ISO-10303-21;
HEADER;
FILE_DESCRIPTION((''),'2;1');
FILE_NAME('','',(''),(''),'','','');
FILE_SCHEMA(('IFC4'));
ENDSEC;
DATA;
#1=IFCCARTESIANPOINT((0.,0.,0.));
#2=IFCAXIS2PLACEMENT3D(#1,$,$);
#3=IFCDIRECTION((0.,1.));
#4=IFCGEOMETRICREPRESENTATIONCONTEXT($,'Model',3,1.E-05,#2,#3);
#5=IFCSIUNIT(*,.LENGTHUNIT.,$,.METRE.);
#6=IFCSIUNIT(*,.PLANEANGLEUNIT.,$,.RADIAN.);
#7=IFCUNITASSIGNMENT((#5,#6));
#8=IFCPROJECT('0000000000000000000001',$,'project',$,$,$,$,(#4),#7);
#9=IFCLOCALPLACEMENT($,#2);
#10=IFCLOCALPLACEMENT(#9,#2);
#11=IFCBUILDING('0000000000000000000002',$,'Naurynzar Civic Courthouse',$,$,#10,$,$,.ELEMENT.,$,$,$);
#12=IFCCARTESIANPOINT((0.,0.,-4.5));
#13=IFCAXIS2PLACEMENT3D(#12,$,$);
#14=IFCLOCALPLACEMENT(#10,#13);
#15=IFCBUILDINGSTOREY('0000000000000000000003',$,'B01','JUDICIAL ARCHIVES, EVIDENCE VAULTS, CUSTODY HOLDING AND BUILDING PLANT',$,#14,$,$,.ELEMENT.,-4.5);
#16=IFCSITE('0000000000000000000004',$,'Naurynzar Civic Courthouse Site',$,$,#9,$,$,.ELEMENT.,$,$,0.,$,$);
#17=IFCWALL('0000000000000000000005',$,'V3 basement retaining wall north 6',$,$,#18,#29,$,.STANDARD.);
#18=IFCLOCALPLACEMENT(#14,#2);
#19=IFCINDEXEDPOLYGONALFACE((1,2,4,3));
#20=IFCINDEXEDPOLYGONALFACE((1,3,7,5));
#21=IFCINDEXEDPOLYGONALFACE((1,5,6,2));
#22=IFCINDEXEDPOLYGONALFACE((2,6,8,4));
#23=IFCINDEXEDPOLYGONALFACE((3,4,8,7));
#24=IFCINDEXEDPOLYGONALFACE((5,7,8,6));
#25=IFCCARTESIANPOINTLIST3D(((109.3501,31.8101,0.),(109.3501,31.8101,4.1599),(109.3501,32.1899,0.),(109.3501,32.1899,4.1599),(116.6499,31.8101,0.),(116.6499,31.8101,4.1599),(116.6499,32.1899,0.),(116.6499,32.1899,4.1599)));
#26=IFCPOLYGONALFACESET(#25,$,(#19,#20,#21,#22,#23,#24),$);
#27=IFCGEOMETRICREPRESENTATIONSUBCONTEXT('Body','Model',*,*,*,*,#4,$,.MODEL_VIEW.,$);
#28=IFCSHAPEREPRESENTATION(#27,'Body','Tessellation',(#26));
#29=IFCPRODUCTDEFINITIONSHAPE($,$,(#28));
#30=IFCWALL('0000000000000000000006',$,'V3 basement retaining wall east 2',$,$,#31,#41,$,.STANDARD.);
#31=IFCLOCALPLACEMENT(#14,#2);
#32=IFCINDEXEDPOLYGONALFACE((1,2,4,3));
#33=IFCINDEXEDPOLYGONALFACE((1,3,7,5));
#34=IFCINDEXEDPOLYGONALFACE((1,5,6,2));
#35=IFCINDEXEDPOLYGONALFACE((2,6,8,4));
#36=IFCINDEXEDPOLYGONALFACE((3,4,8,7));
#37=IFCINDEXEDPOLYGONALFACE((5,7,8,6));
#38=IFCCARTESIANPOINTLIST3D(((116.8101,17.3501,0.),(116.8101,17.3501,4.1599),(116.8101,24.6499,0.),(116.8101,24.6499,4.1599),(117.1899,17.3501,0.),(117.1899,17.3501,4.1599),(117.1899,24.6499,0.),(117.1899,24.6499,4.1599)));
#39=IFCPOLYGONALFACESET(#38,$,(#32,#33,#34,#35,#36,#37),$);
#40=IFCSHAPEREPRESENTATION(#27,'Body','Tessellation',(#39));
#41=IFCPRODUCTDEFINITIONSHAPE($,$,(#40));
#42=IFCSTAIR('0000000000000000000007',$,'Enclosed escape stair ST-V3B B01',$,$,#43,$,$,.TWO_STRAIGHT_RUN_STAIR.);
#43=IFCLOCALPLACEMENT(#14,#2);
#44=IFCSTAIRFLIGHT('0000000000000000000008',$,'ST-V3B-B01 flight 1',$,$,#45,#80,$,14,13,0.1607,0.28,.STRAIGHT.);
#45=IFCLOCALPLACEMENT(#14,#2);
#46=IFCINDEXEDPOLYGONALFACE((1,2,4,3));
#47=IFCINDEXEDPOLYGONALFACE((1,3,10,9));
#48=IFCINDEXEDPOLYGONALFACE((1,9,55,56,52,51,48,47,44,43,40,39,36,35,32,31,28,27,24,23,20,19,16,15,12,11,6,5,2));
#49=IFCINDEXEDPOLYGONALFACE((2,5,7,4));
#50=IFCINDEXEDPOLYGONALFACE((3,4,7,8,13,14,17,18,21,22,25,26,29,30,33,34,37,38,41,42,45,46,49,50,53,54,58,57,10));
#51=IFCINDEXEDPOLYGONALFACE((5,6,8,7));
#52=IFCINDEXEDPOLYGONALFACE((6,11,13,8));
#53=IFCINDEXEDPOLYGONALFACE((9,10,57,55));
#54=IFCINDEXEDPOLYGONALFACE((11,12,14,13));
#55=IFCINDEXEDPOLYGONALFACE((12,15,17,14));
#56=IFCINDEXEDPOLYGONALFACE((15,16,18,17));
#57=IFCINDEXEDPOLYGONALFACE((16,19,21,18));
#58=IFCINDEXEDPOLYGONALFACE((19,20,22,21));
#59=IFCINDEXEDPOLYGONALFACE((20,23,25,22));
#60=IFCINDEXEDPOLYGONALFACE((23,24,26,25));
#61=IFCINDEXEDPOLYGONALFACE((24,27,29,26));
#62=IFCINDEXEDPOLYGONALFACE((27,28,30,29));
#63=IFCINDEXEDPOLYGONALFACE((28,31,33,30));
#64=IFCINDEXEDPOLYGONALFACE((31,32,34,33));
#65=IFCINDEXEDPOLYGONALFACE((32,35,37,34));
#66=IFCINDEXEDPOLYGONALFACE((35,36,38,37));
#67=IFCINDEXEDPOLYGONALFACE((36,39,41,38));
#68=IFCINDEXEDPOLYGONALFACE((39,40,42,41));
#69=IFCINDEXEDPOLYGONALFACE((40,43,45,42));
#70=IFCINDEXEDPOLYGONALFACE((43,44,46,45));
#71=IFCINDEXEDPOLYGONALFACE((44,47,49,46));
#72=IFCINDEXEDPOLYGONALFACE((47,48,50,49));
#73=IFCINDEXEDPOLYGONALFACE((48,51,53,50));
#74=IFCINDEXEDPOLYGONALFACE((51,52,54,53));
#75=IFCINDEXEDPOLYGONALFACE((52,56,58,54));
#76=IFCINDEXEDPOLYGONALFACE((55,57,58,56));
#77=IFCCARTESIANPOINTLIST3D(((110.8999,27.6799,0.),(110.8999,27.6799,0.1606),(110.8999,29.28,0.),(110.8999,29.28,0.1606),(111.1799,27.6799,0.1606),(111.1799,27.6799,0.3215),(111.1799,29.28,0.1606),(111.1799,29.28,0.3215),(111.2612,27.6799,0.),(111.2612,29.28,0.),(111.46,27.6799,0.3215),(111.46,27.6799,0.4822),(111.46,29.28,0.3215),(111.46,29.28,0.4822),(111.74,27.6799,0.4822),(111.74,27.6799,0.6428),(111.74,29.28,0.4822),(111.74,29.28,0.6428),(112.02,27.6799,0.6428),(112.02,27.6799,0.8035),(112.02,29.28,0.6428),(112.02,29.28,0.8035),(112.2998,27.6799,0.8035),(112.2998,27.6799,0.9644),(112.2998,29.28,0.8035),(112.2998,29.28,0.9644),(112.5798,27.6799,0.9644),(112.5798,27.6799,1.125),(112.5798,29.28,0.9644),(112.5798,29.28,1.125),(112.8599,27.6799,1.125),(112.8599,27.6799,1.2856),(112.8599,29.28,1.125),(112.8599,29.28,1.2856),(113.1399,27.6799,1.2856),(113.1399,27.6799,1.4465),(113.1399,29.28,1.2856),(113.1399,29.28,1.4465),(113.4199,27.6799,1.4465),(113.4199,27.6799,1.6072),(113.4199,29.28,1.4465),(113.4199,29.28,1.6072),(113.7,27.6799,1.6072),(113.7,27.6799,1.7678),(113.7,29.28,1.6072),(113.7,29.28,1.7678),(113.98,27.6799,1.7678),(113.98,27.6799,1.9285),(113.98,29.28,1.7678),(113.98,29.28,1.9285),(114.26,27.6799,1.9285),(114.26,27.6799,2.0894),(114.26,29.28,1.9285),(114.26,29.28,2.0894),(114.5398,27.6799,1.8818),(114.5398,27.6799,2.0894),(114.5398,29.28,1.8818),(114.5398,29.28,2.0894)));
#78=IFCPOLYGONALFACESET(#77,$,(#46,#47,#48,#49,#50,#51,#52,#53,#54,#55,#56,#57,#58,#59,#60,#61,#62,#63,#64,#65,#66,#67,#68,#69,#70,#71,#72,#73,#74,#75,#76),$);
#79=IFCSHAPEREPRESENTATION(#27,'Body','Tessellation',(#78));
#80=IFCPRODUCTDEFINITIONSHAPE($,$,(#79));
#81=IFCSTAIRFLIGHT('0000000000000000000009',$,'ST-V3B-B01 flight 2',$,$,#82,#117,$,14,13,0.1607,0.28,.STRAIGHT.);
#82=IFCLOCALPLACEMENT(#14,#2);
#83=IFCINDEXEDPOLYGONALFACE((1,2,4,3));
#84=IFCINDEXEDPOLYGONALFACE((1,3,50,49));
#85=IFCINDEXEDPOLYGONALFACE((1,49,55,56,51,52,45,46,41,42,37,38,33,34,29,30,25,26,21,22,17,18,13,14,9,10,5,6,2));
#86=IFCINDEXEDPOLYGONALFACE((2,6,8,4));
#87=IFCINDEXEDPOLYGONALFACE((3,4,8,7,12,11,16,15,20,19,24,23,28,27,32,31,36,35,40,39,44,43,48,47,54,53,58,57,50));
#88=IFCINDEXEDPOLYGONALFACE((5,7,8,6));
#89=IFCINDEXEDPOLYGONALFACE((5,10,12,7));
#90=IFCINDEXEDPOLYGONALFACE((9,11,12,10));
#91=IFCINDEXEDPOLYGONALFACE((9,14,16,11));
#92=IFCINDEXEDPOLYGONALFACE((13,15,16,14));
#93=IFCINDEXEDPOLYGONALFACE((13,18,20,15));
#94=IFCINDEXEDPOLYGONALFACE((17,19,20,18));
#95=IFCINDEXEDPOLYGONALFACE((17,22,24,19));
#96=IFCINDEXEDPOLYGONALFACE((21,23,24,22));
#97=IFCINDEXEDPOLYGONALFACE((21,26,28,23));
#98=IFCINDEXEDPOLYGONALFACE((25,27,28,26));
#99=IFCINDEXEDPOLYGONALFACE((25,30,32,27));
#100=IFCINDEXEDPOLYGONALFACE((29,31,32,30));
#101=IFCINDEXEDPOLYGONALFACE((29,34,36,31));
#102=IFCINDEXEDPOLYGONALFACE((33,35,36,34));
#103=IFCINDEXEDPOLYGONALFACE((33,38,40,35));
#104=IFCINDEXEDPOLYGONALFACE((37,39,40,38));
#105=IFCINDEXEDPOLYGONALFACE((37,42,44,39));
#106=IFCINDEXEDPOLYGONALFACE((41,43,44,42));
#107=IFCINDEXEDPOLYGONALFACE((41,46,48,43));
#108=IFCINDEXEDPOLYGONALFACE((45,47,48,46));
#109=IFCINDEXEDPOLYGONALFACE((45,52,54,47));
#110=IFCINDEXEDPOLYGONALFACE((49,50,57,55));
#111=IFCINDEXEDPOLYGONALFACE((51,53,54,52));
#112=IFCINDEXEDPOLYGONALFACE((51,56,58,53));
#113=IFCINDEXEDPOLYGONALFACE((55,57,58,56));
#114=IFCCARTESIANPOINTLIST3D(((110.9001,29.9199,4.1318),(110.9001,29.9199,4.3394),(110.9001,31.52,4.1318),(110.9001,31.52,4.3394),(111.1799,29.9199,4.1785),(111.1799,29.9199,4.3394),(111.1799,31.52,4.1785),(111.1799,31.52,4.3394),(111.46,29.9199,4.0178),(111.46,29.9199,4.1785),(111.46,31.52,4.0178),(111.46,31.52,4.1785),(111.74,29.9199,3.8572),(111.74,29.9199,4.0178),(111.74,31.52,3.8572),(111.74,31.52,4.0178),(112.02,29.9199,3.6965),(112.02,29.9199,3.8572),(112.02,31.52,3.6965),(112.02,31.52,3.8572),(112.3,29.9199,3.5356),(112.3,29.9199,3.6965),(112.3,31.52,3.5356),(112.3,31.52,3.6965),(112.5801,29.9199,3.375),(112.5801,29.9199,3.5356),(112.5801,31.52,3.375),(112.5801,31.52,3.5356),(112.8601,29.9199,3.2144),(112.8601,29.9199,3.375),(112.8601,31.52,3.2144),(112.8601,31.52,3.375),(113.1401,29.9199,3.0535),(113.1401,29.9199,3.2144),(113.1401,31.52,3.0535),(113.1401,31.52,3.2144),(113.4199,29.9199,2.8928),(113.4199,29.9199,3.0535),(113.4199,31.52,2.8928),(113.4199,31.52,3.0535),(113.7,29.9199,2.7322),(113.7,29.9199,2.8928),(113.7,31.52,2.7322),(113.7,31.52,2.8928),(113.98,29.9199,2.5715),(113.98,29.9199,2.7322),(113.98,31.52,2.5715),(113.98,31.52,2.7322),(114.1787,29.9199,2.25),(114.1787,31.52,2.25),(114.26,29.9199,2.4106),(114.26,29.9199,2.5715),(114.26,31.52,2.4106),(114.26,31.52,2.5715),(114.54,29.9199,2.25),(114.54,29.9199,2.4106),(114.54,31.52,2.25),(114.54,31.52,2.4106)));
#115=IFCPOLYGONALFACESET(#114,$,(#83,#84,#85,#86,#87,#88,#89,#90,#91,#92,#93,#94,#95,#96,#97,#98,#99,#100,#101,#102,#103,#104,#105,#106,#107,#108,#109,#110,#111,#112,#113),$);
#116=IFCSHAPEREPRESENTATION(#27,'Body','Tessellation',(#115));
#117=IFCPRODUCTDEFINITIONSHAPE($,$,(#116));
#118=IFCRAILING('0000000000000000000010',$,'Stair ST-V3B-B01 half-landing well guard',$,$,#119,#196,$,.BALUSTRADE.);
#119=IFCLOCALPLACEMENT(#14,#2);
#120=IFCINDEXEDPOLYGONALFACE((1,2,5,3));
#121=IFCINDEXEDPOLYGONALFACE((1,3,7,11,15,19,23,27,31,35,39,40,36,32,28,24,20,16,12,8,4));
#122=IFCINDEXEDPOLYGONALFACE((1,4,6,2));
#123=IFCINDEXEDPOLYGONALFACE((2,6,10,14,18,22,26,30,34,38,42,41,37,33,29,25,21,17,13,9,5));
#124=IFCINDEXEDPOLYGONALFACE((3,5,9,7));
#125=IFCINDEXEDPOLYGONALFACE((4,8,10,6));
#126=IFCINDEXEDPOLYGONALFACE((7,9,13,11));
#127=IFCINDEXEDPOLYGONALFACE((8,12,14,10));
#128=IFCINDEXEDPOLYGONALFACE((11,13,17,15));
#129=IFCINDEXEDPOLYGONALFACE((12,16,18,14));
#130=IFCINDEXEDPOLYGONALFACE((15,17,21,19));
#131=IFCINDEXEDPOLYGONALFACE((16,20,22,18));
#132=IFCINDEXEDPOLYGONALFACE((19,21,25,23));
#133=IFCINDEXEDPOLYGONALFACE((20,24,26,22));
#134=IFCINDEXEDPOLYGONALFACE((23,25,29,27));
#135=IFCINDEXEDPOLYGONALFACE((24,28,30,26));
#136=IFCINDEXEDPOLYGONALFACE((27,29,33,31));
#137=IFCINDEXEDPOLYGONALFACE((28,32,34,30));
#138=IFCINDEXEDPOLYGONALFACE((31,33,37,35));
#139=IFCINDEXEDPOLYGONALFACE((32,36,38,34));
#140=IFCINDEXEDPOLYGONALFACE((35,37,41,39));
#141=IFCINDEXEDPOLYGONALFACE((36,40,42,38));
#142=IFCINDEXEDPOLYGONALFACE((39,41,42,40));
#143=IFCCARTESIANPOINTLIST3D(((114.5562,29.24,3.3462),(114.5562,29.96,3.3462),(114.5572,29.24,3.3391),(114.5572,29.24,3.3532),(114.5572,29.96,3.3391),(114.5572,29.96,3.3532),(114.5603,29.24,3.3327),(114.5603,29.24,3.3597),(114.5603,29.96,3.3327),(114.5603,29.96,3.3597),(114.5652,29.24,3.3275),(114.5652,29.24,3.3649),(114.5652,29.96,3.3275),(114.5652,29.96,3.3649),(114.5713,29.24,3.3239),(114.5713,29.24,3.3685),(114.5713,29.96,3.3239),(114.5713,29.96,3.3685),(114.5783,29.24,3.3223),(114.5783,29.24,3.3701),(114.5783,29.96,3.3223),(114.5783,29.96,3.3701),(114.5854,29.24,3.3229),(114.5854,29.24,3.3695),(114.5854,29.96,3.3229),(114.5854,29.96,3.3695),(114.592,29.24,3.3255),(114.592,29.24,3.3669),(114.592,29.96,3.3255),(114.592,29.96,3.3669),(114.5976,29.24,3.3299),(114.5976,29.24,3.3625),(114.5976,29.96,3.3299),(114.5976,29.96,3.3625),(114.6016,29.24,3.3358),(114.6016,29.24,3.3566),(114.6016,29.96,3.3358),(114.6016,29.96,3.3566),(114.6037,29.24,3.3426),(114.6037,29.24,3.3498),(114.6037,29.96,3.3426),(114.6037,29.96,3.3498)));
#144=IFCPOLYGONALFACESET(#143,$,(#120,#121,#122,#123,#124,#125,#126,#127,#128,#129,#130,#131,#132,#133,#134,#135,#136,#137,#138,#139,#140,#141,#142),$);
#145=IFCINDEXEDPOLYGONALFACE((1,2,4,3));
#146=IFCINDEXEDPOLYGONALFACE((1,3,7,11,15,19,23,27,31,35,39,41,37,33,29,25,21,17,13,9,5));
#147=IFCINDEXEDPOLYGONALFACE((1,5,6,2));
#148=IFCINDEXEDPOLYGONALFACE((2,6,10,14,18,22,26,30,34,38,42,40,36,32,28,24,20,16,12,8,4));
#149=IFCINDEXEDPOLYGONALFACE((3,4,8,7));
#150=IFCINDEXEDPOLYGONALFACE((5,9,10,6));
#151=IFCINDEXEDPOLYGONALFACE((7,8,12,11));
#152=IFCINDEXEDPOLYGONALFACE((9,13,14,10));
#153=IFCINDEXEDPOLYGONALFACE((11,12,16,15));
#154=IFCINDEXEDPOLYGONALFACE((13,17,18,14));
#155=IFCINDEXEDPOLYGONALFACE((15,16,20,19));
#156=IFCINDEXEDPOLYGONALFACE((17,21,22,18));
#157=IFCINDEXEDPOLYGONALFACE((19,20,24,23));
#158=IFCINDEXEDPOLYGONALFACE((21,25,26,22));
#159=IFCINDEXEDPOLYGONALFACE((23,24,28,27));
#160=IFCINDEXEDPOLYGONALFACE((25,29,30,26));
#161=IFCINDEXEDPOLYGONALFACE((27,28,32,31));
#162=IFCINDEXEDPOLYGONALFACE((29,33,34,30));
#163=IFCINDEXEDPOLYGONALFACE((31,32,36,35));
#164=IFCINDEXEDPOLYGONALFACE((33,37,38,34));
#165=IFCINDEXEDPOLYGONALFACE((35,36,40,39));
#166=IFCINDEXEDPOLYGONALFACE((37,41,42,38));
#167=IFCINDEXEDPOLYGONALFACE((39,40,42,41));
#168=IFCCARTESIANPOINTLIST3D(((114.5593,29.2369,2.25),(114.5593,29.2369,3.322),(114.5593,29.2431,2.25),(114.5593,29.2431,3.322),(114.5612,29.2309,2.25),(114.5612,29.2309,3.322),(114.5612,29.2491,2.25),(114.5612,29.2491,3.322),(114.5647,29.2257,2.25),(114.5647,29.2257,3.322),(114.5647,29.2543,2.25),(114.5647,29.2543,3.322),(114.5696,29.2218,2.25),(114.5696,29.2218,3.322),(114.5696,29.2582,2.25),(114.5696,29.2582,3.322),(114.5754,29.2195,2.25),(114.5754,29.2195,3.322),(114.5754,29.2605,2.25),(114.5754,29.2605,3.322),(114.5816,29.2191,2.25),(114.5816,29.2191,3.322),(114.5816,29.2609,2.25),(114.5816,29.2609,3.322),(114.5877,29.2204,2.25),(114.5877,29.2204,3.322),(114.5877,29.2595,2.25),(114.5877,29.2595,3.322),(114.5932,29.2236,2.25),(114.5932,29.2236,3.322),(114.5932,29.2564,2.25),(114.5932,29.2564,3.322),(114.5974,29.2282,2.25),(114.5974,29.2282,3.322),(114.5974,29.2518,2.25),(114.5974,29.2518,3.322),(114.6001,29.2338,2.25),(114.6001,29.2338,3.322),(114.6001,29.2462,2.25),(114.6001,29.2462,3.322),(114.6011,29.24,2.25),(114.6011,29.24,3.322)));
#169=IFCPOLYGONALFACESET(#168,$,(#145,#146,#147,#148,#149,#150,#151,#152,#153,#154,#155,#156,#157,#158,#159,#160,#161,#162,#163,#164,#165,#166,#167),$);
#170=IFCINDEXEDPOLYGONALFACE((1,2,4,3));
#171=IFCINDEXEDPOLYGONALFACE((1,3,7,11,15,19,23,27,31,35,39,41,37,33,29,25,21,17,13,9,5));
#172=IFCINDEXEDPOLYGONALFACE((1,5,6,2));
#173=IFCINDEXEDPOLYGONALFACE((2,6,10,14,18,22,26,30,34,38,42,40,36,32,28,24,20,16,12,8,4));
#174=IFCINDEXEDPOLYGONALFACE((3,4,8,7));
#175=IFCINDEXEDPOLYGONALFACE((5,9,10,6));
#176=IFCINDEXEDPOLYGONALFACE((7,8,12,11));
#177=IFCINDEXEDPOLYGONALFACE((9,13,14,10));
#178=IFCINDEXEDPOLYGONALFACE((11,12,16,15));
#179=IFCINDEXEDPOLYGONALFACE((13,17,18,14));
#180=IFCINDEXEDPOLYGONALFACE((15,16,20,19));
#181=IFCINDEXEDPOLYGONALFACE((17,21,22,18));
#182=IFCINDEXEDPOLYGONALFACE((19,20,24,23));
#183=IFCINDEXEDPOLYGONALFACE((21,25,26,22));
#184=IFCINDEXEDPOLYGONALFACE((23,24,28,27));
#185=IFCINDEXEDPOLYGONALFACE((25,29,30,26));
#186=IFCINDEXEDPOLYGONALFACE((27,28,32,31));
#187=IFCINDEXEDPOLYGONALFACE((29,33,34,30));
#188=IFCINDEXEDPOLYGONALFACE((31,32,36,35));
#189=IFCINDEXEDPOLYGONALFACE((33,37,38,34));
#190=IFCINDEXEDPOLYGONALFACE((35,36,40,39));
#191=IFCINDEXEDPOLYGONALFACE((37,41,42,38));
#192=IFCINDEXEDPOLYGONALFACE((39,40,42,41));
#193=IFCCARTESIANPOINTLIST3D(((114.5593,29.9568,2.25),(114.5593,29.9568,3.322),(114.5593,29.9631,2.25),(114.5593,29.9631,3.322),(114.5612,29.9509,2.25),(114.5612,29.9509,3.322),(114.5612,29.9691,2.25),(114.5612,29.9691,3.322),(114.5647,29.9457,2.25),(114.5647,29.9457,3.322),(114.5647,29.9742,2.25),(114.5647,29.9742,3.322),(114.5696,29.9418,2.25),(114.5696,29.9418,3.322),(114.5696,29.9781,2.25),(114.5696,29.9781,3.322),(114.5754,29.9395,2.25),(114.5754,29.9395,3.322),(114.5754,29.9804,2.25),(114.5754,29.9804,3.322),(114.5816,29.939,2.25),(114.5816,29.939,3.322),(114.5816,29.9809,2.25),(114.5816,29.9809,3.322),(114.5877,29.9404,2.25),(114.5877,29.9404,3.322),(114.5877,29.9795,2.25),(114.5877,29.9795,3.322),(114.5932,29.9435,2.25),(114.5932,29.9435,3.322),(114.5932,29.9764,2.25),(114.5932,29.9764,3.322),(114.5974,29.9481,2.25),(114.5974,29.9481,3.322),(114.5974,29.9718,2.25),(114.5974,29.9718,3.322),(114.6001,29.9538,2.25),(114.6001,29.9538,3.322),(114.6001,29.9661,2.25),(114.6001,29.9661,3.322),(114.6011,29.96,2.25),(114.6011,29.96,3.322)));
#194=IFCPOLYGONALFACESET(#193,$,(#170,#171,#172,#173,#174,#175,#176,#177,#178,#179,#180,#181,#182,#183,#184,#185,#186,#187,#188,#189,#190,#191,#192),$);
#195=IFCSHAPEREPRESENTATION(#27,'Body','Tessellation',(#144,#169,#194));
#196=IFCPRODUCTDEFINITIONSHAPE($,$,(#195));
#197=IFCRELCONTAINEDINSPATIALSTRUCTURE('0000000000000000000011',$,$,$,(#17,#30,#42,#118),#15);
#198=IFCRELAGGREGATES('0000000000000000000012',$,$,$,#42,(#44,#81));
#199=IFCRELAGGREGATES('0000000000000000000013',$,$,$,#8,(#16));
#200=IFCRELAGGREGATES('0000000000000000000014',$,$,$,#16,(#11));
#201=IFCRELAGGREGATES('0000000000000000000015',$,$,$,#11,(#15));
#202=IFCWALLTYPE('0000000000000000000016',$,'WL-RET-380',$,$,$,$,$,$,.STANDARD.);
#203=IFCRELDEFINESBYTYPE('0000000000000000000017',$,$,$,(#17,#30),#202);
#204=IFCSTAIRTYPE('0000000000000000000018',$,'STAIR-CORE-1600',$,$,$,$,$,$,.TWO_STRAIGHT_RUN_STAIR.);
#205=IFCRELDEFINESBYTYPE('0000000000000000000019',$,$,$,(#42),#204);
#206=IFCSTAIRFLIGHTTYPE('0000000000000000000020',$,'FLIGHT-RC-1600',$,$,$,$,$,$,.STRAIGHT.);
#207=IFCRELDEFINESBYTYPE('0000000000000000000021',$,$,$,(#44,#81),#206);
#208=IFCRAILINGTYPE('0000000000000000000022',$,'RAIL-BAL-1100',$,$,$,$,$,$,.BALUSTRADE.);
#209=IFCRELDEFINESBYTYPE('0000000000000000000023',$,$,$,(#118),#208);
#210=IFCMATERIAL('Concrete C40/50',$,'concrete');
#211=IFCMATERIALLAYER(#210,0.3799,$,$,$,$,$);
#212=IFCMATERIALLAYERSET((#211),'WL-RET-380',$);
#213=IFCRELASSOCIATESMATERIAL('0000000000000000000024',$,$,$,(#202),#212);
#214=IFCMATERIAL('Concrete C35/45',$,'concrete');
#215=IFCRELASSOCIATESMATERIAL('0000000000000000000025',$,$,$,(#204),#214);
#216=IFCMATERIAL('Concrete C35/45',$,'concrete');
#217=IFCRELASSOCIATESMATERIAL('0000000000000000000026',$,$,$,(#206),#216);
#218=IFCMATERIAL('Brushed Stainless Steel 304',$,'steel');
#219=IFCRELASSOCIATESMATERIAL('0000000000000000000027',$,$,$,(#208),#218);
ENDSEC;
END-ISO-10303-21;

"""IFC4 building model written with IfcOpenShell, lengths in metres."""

from ifc_helpers import new_model, si_unit, direction, frame, frame_2d, origin, origin_2d, place, context, subcontext, project, spatial, polyline, rectangle, circle, outline, extrude, material, layer, layer_set, type_object, element, aggregate, save


model = new_model("IFC4")

# Units and contexts
model_context = context("Model", 3, precision=1e-05, world=origin(), true_north=direction((0.0, 1.0)))
body_context = subcontext(model_context, "Body", "Model", "MODEL_VIEW")
ifc_project = project(units=[si_unit("LENGTHUNIT", "METRE"), si_unit("PLANEANGLEUNIT", "RADIAN")], contexts=[model_context])

# Site, building, storey
site_placement = place(None, origin())
site = spatial("IfcSite", under=ifc_project, at=site_placement, Name="Naurynzar Civic Courthouse Site", CompositionType="ELEMENT", RefElevation=0.0)
building_placement = place(site_placement, origin())
building = spatial("IfcBuilding", under=site, at=building_placement, Name="Naurynzar Civic Courthouse", CompositionType="ELEMENT")
storey_placement = place(building_placement, frame((0.0, 0.0, -4.5)))
storey = spatial("IfcBuildingStorey", under=building, at=storey_placement, Name="B01", Description="JUDICIAL ARCHIVES, EVIDENCE VAULTS, CUSTODY HOLDING AND BUILDING PLANT", CompositionType="ELEMENT", Elevation=-4.5)

# Walls
ifc_material_1 = material(Name="Concrete C40/50", Category="concrete")
ifc_layer_1 = layer(ifc_material_1, 0.3799)
ifc_layer_set_1 = layer_set([ifc_layer_1], Name="WL-RET-380")
wall_type_1 = type_object("IfcWallType", Name="WL-RET-380", PredefinedType="STANDARD", material=ifc_layer_set_1)
for number, where, z_axis, x_axis, name in (
    (1, (109.3501, 32.0, 0.0), (0.0, 0.0, 1.0), (1.0, 0.0, 0.0), "V3 basement retaining wall north 6"),
    (2, (117.0, 24.6499, 0.0), (0.0, 0.0, 1.0), (0.0, -1.0, 0.0), "V3 basement retaining wall east 2"),
):
    element("IfcWall", number, at=place(storey_placement, frame(where, z_axis=z_axis, x_axis=x_axis)), inside=storey, type_object=wall_type_1, Name=name, PredefinedType="STANDARD", context=body_context, shape_type="SweptSolid", body=[
        extrude(rectangle(XDim=7.2998, YDim=0.3799, at=frame_2d((3.6499, 0.0))), origin(), (0.0, 0.0, 1.0), 4.1599),
    ])

# Stair, stair flights
ifc_material_2 = material(Name="Concrete C35/45", Category="concrete")
stair_type = type_object("IfcStairType", Name="STAIR-CORE-1600", PredefinedType="TWO_STRAIGHT_RUN_STAIR", material=ifc_material_2)
stair_placement = place(storey_placement, origin())
stair = element("IfcStair", 3, at=stair_placement, inside=storey, type_object=stair_type, Name="Enclosed escape stair ST-V3B B01", PredefinedType="TWO_STRAIGHT_RUN_STAIR")
ifc_material_3 = material(Name="Concrete C35/45", Category="concrete")
stair_flight_type = type_object("IfcStairFlightType", Name="FLIGHT-RC-1600", PredefinedType="STRAIGHT", material=ifc_material_3)
stair_flight_1_placement = place(storey_placement, frame((110.8999, 28.48, 0.0), z_axis=(0.0, 0.0, 1.0), x_axis=(1.0, 0.0, 0.0)))
stair_flight_1 = element("IfcStairFlight", 4, at=stair_flight_1_placement, type_object=stair_flight_type, Name="ST-V3B-B01 flight 1", NumberOfRisers=14, NumberOfTreads=13, PredefinedType="STRAIGHT", RiserHeight=0.1607, TreadLength=0.28, context=body_context, shape_type="SweptSolid", body=[
    extrude(outline(polyline([(0.0, 0.0), (0.0, 0.1606), (0.28, 0.1606), (0.28, 0.3215), (0.5601, 0.3215), (0.5601, 0.4822), (0.8401, 0.4822), (0.8401, 0.6428), (1.1201, 0.6428), (1.1201, 0.8035), (1.3999, 0.8035), (1.3999, 0.9644), (1.6799, 0.9644), (1.6799, 1.125), (1.96, 1.125), (1.96, 1.2856), (2.24, 1.2856), (2.24, 1.4465), (2.52, 1.4465), (2.52, 1.6072), (2.8, 1.6072), (2.8, 1.7678), (3.0801, 1.7678), (3.0801, 1.9285), (3.3601, 1.9285), (3.3601, 2.0894), (3.6399, 2.0894), (3.6399, 2.25), (3.6399, 1.8818), (0.3613, 0.0), (0.0, 0.0)])), frame((0.0, 0.8, 0.0), z_axis=(0.0, -1.0, 0.0), x_axis=(1.0, 0.0, 0.0)), (0.0, 0.0, 1.0), 1.6001),
])
stair_flight_2_placement = place(storey_placement, frame((114.54, 30.72, 2.25), z_axis=(0.0, 0.0, 1.0), x_axis=(-1.0, 0.0, 0.0)))
stair_flight_2 = element("IfcStairFlight", 5, at=stair_flight_2_placement, type_object=stair_flight_type, Name="ST-V3B-B01 flight 2", NumberOfRisers=14, NumberOfTreads=13, PredefinedType="STRAIGHT", RiserHeight=0.1607, TreadLength=0.28, context=body_context, shape_type="SweptSolid", body=[
    extrude(outline(polyline([(0.0, 0.0), (0.0, 0.1606), (0.28, 0.1606), (0.28, 0.3215), (0.5601, 0.3215), (0.5601, 0.4822), (0.8401, 0.4822), (0.8401, 0.6428), (1.1201, 0.6428), (1.1201, 0.8035), (1.3999, 0.8035), (1.3999, 0.9644), (1.6799, 0.9644), (1.6799, 1.125), (1.96, 1.125), (1.96, 1.2856), (2.24, 1.2856), (2.24, 1.4465), (2.52, 1.4465), (2.52, 1.6072), (2.8, 1.6072), (2.8, 1.7678), (3.0801, 1.7678), (3.0801, 1.9285), (3.3601, 1.9285), (3.3601, 2.0894), (3.6399, 2.0894), (3.6399, 2.25), (3.6399, 1.8818), (0.3613, 0.0), (0.0, 0.0)])), frame((0.0, 0.8, 0.0), z_axis=(0.0, -1.0, 0.0), x_axis=(1.0, 0.0, 0.0)), (0.0, 0.0, 1.0), 1.6001),
])
aggregate(stair, [stair_flight_1, stair_flight_2])

# Railing
ifc_material_4 = material(Name="Brushed Stainless Steel 304", Category="steel")
railing_type_1 = type_object("IfcRailingType", Name="RAIL-BAL-1100", PredefinedType="BALUSTRADE", material=ifc_material_4)
railing_1_placement = place(storey_placement, frame((114.5801, 29.24, 2.25)))
element("IfcRailing", 6, at=railing_1_placement, inside=storey, type_object=railing_type_1, Name="Stair ST-V3B-B01 half-landing well guard", PredefinedType="BALUSTRADE", context=body_context, shape_type="SweptSolid", body=[
    extrude(circle(Radius=0.0239, at=origin_2d()), frame((0.0, 0.0, 1.0962), z_axis=(0.0, 1.0, 0.0), x_axis=(-1.0, 0.0, 0.0)), (0.0, 0.0, 1.0), 0.72),
    extrude(circle(Radius=0.021, at=origin_2d()), origin(), (0.0, 0.0, 1.0), 1.072),
    extrude(circle(Radius=0.021, at=origin_2d()), frame((0.0, 0.72, 0.0)), (0.0, 0.0, 1.0), 1.072),
])

save(model, "model.ifc")
